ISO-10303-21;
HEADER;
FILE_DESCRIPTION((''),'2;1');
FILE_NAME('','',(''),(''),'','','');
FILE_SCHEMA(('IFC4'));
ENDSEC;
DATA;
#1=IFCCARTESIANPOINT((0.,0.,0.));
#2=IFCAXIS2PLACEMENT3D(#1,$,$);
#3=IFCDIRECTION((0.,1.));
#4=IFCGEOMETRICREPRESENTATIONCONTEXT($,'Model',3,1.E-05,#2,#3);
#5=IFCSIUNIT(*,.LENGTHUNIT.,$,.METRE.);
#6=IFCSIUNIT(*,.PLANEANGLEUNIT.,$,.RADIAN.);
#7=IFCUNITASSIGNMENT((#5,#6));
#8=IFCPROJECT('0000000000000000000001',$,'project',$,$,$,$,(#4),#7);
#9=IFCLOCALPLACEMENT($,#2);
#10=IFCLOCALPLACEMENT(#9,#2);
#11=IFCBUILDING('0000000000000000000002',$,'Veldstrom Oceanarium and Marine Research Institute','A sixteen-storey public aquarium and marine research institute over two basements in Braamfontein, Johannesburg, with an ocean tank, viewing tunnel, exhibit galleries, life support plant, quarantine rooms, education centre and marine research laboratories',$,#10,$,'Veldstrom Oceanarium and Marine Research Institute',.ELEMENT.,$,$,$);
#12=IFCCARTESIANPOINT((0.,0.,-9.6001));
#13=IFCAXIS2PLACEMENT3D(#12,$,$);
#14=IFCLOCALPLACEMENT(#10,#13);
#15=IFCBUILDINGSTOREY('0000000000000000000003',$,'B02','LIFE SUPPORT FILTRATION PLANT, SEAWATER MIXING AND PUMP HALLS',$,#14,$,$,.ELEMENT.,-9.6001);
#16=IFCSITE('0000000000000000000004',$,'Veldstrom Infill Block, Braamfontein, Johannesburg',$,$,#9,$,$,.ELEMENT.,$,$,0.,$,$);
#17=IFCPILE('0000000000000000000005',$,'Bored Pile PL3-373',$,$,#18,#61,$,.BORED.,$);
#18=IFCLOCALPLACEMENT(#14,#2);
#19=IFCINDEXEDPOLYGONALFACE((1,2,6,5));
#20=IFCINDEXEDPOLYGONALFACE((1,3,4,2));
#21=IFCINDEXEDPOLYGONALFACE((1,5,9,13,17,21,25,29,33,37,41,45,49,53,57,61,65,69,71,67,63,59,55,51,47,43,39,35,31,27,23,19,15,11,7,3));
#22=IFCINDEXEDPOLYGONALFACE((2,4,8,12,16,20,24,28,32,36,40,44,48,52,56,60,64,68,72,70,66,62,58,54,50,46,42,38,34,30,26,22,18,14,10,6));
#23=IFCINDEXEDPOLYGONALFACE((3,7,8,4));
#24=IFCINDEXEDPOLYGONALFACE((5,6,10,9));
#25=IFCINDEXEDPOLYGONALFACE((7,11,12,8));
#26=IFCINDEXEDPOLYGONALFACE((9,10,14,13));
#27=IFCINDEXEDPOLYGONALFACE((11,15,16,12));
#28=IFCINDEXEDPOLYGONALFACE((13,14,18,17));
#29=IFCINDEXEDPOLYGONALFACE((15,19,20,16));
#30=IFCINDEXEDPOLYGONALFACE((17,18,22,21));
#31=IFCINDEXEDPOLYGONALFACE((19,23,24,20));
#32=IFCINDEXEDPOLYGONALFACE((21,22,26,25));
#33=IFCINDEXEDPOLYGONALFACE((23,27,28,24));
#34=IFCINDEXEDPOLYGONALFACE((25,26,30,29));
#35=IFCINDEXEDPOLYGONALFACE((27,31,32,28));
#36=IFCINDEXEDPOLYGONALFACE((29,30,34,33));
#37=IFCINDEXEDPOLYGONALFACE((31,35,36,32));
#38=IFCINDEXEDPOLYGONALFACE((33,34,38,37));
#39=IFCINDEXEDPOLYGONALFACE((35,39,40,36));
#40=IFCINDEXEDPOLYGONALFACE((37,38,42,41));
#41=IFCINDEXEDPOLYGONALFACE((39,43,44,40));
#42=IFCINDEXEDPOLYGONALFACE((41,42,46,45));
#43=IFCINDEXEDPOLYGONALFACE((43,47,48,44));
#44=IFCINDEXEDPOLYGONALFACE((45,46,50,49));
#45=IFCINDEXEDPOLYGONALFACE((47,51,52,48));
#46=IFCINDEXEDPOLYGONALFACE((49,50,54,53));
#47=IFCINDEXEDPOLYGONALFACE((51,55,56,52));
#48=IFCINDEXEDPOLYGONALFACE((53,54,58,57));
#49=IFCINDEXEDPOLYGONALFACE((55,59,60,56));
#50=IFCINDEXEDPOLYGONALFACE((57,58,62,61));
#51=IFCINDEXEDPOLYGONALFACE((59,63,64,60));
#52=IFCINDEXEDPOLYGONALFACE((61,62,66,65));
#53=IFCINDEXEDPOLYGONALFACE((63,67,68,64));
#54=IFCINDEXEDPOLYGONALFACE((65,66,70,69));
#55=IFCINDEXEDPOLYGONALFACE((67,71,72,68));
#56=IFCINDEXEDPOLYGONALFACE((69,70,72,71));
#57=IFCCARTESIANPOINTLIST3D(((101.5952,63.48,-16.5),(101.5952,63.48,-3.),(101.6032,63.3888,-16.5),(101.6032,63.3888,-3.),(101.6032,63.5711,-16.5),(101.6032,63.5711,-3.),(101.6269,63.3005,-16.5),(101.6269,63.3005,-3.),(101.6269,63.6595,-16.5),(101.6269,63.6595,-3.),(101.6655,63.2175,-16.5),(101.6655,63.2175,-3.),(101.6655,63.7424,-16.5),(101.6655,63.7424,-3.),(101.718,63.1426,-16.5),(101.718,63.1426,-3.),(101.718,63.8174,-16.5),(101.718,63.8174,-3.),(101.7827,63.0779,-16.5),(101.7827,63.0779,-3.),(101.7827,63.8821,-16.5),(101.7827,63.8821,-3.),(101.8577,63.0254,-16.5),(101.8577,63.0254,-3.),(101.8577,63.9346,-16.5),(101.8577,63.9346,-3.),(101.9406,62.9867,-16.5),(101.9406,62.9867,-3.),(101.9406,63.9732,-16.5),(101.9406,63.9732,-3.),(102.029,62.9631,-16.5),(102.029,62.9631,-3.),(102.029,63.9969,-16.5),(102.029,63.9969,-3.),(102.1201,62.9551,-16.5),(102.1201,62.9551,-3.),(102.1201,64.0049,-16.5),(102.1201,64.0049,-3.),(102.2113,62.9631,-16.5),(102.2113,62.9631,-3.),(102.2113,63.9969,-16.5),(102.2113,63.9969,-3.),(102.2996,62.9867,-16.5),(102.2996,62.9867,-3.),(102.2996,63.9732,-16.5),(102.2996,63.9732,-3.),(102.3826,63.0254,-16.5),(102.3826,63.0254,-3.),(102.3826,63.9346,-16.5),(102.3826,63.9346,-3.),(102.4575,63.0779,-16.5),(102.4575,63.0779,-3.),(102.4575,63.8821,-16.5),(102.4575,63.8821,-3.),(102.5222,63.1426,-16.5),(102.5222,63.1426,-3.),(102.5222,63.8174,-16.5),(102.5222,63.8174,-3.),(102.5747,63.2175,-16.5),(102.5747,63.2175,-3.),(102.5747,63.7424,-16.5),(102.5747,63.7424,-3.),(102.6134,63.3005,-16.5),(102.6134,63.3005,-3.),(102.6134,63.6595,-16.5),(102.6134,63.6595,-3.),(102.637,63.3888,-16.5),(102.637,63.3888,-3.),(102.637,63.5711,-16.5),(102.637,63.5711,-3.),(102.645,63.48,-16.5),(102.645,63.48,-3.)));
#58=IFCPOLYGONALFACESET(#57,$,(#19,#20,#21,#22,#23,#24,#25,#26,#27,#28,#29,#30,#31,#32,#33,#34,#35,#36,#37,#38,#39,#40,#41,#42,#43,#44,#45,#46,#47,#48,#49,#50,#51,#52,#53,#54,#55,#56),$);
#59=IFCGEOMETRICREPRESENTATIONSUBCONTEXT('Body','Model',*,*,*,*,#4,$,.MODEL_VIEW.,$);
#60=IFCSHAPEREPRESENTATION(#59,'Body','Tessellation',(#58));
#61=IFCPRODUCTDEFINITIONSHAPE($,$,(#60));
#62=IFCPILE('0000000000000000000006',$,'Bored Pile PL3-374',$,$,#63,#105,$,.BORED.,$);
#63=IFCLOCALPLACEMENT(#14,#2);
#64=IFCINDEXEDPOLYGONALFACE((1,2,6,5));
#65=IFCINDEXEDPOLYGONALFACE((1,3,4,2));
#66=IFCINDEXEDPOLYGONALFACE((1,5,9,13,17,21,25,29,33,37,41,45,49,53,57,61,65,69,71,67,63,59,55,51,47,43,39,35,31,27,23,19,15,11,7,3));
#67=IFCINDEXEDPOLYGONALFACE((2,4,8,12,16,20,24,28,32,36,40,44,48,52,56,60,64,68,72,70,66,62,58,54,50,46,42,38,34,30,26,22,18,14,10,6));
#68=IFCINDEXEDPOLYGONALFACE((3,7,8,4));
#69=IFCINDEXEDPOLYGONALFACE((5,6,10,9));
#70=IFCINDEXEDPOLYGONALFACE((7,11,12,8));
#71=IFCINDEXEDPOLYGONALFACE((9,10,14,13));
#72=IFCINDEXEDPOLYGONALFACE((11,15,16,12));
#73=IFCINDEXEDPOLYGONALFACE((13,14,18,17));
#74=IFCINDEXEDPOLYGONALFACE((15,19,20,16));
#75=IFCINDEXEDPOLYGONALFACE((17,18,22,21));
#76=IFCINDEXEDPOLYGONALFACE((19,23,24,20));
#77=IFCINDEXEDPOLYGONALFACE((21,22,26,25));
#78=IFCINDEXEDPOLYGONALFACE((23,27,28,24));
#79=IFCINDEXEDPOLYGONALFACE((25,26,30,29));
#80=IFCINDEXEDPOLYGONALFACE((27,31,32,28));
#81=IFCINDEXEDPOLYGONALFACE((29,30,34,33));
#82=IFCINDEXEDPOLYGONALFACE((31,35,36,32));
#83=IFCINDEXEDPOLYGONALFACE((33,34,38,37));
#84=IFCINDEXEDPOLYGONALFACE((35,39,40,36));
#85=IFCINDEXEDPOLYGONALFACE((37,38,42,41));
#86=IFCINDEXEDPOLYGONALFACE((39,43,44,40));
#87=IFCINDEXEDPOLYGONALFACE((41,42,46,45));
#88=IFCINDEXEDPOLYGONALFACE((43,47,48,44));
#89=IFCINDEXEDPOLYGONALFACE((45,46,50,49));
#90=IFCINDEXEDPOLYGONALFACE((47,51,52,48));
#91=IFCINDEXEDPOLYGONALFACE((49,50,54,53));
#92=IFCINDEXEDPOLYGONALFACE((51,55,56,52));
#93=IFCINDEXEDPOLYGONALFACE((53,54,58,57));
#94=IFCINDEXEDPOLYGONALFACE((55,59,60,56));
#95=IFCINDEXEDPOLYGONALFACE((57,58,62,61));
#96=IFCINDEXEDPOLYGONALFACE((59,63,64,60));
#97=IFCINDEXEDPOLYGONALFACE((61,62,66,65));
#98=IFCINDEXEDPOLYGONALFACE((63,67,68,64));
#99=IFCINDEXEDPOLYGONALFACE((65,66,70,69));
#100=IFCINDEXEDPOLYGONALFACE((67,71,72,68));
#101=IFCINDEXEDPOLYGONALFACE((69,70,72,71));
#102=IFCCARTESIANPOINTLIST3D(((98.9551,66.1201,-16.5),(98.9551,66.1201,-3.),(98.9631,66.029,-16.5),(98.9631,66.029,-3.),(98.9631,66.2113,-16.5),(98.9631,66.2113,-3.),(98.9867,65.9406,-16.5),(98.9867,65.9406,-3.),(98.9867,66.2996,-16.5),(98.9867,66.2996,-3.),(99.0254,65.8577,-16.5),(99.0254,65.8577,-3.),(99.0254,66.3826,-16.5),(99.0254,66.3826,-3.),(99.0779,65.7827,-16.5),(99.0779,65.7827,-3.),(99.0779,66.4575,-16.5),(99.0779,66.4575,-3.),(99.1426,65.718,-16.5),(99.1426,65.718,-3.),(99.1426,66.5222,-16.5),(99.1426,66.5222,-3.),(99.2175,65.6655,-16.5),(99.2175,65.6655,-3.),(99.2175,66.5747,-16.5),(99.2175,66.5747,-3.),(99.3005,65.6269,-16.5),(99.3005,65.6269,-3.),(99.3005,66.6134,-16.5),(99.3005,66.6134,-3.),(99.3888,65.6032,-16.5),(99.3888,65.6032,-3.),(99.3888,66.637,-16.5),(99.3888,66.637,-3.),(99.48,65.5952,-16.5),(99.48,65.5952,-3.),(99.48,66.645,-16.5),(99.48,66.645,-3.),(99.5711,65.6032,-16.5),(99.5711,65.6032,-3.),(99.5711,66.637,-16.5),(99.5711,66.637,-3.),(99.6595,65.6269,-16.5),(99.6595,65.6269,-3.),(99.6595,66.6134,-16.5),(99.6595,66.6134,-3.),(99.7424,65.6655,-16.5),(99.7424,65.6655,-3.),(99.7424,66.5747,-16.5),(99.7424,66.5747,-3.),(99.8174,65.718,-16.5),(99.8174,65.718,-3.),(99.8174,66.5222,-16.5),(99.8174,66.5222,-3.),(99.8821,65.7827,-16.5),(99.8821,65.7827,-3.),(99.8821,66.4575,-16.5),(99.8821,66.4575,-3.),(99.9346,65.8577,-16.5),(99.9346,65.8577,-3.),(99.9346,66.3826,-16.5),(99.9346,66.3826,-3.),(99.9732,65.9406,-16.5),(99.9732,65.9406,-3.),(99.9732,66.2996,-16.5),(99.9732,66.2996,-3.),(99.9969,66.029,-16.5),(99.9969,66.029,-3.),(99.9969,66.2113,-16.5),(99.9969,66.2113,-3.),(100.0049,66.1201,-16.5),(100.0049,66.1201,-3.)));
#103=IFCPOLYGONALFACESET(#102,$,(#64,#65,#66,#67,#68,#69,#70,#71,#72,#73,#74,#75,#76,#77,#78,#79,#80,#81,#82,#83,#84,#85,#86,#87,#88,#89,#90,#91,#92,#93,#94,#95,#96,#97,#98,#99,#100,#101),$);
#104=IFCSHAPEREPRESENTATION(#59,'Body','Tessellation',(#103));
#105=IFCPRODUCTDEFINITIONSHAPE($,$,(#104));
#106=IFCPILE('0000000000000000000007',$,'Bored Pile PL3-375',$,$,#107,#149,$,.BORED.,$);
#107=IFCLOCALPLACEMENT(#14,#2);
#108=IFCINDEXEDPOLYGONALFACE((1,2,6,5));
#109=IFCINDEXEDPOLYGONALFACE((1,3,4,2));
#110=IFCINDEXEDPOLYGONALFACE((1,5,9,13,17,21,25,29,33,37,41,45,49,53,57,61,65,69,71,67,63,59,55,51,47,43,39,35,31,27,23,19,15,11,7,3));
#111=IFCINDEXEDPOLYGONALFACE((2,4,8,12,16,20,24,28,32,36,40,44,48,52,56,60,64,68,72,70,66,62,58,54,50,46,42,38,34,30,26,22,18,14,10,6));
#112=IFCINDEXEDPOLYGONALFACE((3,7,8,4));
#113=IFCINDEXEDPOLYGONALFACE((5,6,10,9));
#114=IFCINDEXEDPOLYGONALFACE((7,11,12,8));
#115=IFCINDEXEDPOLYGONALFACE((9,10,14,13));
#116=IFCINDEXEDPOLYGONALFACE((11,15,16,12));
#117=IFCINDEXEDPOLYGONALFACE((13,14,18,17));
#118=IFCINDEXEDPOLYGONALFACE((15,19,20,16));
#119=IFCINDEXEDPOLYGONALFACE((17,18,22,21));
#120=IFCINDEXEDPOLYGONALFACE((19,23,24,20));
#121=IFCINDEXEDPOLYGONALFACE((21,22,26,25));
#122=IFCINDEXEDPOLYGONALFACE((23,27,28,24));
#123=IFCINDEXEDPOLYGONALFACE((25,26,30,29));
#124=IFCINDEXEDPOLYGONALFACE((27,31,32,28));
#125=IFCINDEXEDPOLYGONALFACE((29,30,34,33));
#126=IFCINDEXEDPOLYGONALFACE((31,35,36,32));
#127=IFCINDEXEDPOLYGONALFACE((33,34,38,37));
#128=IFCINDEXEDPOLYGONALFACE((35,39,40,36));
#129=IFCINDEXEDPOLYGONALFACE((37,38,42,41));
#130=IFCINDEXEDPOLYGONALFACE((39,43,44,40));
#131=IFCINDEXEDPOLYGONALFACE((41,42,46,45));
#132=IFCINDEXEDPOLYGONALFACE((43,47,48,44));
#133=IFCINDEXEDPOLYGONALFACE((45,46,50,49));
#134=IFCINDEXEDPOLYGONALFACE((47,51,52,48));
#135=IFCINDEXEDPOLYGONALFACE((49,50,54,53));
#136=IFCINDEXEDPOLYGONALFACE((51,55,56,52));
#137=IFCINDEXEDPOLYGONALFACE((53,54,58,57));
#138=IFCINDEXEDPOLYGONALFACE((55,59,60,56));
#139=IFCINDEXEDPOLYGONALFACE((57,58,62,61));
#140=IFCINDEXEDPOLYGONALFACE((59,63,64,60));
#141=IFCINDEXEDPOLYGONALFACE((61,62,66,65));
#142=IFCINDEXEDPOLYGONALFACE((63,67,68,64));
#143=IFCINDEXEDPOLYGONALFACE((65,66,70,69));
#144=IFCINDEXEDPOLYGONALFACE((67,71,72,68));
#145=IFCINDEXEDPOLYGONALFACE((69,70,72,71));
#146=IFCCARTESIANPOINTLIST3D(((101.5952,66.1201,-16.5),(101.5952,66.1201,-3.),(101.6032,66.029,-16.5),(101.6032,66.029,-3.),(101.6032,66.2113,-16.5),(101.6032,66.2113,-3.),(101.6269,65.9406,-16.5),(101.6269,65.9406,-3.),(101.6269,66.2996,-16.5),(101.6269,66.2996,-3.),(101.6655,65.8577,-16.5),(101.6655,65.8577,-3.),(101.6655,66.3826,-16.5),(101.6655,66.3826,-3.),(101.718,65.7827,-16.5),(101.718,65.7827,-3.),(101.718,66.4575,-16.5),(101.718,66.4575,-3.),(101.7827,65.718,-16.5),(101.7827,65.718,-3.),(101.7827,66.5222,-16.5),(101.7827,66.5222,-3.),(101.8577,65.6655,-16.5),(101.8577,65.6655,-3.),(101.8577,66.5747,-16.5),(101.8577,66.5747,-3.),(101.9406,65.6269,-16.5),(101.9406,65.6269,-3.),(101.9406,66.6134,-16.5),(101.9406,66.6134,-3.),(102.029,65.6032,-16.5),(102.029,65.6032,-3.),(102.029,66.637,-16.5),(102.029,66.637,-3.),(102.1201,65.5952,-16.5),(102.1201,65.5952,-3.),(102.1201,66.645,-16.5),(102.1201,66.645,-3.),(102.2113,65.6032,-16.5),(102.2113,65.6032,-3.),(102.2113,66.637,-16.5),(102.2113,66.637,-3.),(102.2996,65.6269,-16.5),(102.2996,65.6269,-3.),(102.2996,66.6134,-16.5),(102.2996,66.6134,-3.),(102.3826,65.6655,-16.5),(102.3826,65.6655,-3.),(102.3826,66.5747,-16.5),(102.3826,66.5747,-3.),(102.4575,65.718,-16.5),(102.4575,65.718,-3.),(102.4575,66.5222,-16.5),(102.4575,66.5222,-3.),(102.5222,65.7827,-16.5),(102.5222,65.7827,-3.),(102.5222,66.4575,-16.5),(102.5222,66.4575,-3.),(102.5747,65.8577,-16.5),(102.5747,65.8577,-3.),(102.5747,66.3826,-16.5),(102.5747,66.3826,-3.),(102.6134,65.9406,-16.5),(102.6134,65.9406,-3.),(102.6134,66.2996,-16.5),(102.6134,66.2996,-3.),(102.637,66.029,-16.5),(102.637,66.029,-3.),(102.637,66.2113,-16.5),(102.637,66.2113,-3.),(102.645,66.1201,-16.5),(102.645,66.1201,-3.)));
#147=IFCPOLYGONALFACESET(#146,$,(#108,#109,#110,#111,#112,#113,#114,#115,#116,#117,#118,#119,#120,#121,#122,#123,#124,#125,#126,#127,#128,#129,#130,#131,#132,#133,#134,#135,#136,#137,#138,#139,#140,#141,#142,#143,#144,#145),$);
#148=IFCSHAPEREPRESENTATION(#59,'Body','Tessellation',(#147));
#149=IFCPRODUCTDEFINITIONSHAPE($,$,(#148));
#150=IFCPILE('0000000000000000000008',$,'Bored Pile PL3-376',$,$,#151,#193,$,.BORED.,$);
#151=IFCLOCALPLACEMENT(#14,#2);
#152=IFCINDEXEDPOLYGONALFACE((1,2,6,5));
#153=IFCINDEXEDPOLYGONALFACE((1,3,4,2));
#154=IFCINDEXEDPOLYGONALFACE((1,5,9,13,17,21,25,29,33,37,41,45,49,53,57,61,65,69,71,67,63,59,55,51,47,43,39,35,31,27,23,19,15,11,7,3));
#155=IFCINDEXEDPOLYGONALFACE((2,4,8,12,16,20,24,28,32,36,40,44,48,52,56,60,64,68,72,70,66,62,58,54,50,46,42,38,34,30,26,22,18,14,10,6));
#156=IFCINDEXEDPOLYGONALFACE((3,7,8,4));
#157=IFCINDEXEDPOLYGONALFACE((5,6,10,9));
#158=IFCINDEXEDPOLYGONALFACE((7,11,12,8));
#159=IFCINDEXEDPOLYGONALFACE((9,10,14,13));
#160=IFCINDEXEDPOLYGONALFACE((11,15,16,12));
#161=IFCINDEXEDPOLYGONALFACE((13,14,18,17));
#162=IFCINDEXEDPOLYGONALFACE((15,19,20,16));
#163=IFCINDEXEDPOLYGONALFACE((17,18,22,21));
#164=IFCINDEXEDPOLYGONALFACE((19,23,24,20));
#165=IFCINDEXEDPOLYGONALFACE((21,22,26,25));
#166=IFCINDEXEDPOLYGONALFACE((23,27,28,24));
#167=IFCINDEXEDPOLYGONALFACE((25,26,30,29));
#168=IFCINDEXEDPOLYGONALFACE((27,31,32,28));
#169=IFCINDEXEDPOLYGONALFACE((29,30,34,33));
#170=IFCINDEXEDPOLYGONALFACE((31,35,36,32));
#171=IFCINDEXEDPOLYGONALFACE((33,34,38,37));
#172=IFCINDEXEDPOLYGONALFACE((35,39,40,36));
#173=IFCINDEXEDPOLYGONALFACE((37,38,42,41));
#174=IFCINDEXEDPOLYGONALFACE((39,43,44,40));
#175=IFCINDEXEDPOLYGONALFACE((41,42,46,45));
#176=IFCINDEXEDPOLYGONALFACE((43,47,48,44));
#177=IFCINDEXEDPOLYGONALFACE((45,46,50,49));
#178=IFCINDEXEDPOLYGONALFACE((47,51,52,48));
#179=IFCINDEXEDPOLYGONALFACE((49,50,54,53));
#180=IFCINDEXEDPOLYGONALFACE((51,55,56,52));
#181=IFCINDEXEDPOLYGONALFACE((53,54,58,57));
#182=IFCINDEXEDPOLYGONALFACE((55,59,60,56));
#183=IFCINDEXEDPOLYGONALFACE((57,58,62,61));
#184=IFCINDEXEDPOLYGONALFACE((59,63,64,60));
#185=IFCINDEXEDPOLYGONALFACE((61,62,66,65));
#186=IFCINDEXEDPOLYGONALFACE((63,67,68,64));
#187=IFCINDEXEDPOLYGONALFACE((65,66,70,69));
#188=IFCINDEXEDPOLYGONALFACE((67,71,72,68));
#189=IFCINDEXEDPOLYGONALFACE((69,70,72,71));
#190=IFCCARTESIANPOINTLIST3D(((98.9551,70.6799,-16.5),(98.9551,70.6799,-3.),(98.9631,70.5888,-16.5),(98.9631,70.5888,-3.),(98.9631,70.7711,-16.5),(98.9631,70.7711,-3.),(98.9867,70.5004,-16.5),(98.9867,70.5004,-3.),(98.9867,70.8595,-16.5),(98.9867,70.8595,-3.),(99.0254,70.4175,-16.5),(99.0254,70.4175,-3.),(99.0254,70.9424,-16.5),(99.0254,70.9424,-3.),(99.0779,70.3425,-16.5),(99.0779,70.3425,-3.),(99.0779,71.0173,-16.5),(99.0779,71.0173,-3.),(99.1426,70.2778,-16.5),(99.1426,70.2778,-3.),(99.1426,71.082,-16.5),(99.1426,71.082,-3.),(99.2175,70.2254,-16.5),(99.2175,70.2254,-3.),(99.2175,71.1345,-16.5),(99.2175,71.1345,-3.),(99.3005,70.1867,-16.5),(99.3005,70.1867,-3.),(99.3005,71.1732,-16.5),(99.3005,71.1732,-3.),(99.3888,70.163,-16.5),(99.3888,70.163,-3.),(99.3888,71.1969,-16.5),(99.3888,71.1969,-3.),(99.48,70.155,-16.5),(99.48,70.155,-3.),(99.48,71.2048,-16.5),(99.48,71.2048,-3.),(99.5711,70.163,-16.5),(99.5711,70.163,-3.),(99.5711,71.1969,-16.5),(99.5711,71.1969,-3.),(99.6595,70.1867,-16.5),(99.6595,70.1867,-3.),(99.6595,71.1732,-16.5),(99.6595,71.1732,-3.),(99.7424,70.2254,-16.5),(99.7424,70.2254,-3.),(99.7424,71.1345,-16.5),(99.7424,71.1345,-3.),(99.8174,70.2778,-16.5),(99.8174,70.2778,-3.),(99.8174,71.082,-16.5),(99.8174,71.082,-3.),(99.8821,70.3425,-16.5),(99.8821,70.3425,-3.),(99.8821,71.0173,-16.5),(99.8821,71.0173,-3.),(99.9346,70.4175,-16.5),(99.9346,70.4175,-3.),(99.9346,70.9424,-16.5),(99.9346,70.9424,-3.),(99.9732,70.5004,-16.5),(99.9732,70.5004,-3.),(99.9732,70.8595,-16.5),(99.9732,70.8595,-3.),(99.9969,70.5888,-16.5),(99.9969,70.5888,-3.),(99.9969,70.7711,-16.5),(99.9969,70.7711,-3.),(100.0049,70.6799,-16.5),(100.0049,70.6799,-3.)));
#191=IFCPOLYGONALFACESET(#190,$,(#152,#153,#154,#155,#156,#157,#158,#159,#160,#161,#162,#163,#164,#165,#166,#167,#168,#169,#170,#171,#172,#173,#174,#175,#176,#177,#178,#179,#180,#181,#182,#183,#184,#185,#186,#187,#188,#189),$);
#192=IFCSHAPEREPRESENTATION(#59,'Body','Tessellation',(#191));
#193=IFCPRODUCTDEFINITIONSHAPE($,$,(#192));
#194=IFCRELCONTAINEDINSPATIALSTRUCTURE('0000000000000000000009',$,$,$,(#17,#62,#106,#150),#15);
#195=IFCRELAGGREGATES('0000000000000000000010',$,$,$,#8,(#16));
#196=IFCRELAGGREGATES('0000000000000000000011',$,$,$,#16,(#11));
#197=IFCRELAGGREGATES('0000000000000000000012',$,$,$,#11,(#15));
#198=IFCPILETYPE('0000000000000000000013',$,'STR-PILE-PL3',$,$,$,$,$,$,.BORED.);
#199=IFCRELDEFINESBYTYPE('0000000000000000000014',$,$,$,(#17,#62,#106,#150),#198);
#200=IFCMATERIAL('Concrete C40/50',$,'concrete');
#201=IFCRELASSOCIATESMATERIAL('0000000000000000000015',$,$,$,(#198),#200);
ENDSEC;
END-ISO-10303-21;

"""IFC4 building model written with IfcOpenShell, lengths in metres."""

from ifc_helpers import new_model, si_unit, direction, frame, origin, origin_2d, place, context, subcontext, project, spatial, circle, extrude, material, material_profile, profile_set, type_object, element, save


model = new_model("IFC4")

# Units and contexts
model_context = context("Model", 3, precision=1e-05, world=origin(), true_north=direction((0.0, 1.0)))
body_context = subcontext(model_context, "Body", "Model", "MODEL_VIEW")
ifc_project = project(units=[si_unit("LENGTHUNIT", "METRE"), si_unit("PLANEANGLEUNIT", "RADIAN")], contexts=[model_context])

# Site, building, storey
site_placement = place(None, origin())
site = spatial("IfcSite", under=ifc_project, at=site_placement, Name="Veldstrom Infill Block, Braamfontein, Johannesburg", CompositionType="ELEMENT", RefElevation=0.0)
building_placement = place(site_placement, origin())
building = spatial("IfcBuilding", under=site, at=building_placement, Name="Veldstrom Oceanarium and Marine Research Institute", Description="A sixteen-storey public aquarium and marine research institute over two basements in Braamfontein, Johannesburg, with an ocean tank, viewing tunnel, exhibit galleries, life support plant, quarantine rooms, education centre and marine research laboratories", LongName="Veldstrom Oceanarium and Marine Research Institute", CompositionType="ELEMENT")
storey_placement = place(building_placement, frame((0.0, 0.0, -9.6001)))
storey = spatial("IfcBuildingStorey", under=building, at=storey_placement, Name="B02", Description="LIFE SUPPORT FILTRATION PLANT, SEAWATER MIXING AND PUMP HALLS", CompositionType="ELEMENT", Elevation=-9.6001)

# Piles
ifc_material_1 = material(Name="Concrete C40/50", Category="concrete")
ifc_material_profile_1 = material_profile(ifc_material_1, circle(Radius=0.5249, at=origin_2d()), Name="PILE-D1050")
ifc_profile_set_1 = profile_set([ifc_material_profile_1], Name="Concrete C40/50")
pile_type_1 = type_object("IfcPileType", Name="STR-PILE-PL3", PredefinedType="BORED", material=ifc_profile_set_1)
for number, where, z_axis, x_axis, name in (
    (1, (102.1201, 63.48, -3.0), (0.0, 0.0, -1.0), (1.0, 0.0, 0.0), "Bored Pile PL3-373"),
    (2, (99.48, 66.1201, -3.0), (0.0, 0.0, -1.0), (1.0, 0.0, 0.0), "Bored Pile PL3-374"),
    (3, (102.1201, 66.1201, -3.0), (0.0, 0.0, -1.0), (1.0, 0.0, 0.0), "Bored Pile PL3-375"),
    (4, (99.48, 70.6799, -3.0), (0.0, 0.0, -1.0), (1.0, 0.0, 0.0), "Bored Pile PL3-376"),
):
    element("IfcPile", number, at=place(storey_placement, frame(where, z_axis=z_axis, x_axis=x_axis)), inside=storey, type_object=pile_type_1, Name=name, PredefinedType="BORED", context=body_context, shape_type="SweptSolid", body=[
        extrude(circle(Radius=0.5249, at=origin_2d()), origin(), (0.0, 0.0, 1.0), 13.5),
    ])

save(model, "model.ifc")
